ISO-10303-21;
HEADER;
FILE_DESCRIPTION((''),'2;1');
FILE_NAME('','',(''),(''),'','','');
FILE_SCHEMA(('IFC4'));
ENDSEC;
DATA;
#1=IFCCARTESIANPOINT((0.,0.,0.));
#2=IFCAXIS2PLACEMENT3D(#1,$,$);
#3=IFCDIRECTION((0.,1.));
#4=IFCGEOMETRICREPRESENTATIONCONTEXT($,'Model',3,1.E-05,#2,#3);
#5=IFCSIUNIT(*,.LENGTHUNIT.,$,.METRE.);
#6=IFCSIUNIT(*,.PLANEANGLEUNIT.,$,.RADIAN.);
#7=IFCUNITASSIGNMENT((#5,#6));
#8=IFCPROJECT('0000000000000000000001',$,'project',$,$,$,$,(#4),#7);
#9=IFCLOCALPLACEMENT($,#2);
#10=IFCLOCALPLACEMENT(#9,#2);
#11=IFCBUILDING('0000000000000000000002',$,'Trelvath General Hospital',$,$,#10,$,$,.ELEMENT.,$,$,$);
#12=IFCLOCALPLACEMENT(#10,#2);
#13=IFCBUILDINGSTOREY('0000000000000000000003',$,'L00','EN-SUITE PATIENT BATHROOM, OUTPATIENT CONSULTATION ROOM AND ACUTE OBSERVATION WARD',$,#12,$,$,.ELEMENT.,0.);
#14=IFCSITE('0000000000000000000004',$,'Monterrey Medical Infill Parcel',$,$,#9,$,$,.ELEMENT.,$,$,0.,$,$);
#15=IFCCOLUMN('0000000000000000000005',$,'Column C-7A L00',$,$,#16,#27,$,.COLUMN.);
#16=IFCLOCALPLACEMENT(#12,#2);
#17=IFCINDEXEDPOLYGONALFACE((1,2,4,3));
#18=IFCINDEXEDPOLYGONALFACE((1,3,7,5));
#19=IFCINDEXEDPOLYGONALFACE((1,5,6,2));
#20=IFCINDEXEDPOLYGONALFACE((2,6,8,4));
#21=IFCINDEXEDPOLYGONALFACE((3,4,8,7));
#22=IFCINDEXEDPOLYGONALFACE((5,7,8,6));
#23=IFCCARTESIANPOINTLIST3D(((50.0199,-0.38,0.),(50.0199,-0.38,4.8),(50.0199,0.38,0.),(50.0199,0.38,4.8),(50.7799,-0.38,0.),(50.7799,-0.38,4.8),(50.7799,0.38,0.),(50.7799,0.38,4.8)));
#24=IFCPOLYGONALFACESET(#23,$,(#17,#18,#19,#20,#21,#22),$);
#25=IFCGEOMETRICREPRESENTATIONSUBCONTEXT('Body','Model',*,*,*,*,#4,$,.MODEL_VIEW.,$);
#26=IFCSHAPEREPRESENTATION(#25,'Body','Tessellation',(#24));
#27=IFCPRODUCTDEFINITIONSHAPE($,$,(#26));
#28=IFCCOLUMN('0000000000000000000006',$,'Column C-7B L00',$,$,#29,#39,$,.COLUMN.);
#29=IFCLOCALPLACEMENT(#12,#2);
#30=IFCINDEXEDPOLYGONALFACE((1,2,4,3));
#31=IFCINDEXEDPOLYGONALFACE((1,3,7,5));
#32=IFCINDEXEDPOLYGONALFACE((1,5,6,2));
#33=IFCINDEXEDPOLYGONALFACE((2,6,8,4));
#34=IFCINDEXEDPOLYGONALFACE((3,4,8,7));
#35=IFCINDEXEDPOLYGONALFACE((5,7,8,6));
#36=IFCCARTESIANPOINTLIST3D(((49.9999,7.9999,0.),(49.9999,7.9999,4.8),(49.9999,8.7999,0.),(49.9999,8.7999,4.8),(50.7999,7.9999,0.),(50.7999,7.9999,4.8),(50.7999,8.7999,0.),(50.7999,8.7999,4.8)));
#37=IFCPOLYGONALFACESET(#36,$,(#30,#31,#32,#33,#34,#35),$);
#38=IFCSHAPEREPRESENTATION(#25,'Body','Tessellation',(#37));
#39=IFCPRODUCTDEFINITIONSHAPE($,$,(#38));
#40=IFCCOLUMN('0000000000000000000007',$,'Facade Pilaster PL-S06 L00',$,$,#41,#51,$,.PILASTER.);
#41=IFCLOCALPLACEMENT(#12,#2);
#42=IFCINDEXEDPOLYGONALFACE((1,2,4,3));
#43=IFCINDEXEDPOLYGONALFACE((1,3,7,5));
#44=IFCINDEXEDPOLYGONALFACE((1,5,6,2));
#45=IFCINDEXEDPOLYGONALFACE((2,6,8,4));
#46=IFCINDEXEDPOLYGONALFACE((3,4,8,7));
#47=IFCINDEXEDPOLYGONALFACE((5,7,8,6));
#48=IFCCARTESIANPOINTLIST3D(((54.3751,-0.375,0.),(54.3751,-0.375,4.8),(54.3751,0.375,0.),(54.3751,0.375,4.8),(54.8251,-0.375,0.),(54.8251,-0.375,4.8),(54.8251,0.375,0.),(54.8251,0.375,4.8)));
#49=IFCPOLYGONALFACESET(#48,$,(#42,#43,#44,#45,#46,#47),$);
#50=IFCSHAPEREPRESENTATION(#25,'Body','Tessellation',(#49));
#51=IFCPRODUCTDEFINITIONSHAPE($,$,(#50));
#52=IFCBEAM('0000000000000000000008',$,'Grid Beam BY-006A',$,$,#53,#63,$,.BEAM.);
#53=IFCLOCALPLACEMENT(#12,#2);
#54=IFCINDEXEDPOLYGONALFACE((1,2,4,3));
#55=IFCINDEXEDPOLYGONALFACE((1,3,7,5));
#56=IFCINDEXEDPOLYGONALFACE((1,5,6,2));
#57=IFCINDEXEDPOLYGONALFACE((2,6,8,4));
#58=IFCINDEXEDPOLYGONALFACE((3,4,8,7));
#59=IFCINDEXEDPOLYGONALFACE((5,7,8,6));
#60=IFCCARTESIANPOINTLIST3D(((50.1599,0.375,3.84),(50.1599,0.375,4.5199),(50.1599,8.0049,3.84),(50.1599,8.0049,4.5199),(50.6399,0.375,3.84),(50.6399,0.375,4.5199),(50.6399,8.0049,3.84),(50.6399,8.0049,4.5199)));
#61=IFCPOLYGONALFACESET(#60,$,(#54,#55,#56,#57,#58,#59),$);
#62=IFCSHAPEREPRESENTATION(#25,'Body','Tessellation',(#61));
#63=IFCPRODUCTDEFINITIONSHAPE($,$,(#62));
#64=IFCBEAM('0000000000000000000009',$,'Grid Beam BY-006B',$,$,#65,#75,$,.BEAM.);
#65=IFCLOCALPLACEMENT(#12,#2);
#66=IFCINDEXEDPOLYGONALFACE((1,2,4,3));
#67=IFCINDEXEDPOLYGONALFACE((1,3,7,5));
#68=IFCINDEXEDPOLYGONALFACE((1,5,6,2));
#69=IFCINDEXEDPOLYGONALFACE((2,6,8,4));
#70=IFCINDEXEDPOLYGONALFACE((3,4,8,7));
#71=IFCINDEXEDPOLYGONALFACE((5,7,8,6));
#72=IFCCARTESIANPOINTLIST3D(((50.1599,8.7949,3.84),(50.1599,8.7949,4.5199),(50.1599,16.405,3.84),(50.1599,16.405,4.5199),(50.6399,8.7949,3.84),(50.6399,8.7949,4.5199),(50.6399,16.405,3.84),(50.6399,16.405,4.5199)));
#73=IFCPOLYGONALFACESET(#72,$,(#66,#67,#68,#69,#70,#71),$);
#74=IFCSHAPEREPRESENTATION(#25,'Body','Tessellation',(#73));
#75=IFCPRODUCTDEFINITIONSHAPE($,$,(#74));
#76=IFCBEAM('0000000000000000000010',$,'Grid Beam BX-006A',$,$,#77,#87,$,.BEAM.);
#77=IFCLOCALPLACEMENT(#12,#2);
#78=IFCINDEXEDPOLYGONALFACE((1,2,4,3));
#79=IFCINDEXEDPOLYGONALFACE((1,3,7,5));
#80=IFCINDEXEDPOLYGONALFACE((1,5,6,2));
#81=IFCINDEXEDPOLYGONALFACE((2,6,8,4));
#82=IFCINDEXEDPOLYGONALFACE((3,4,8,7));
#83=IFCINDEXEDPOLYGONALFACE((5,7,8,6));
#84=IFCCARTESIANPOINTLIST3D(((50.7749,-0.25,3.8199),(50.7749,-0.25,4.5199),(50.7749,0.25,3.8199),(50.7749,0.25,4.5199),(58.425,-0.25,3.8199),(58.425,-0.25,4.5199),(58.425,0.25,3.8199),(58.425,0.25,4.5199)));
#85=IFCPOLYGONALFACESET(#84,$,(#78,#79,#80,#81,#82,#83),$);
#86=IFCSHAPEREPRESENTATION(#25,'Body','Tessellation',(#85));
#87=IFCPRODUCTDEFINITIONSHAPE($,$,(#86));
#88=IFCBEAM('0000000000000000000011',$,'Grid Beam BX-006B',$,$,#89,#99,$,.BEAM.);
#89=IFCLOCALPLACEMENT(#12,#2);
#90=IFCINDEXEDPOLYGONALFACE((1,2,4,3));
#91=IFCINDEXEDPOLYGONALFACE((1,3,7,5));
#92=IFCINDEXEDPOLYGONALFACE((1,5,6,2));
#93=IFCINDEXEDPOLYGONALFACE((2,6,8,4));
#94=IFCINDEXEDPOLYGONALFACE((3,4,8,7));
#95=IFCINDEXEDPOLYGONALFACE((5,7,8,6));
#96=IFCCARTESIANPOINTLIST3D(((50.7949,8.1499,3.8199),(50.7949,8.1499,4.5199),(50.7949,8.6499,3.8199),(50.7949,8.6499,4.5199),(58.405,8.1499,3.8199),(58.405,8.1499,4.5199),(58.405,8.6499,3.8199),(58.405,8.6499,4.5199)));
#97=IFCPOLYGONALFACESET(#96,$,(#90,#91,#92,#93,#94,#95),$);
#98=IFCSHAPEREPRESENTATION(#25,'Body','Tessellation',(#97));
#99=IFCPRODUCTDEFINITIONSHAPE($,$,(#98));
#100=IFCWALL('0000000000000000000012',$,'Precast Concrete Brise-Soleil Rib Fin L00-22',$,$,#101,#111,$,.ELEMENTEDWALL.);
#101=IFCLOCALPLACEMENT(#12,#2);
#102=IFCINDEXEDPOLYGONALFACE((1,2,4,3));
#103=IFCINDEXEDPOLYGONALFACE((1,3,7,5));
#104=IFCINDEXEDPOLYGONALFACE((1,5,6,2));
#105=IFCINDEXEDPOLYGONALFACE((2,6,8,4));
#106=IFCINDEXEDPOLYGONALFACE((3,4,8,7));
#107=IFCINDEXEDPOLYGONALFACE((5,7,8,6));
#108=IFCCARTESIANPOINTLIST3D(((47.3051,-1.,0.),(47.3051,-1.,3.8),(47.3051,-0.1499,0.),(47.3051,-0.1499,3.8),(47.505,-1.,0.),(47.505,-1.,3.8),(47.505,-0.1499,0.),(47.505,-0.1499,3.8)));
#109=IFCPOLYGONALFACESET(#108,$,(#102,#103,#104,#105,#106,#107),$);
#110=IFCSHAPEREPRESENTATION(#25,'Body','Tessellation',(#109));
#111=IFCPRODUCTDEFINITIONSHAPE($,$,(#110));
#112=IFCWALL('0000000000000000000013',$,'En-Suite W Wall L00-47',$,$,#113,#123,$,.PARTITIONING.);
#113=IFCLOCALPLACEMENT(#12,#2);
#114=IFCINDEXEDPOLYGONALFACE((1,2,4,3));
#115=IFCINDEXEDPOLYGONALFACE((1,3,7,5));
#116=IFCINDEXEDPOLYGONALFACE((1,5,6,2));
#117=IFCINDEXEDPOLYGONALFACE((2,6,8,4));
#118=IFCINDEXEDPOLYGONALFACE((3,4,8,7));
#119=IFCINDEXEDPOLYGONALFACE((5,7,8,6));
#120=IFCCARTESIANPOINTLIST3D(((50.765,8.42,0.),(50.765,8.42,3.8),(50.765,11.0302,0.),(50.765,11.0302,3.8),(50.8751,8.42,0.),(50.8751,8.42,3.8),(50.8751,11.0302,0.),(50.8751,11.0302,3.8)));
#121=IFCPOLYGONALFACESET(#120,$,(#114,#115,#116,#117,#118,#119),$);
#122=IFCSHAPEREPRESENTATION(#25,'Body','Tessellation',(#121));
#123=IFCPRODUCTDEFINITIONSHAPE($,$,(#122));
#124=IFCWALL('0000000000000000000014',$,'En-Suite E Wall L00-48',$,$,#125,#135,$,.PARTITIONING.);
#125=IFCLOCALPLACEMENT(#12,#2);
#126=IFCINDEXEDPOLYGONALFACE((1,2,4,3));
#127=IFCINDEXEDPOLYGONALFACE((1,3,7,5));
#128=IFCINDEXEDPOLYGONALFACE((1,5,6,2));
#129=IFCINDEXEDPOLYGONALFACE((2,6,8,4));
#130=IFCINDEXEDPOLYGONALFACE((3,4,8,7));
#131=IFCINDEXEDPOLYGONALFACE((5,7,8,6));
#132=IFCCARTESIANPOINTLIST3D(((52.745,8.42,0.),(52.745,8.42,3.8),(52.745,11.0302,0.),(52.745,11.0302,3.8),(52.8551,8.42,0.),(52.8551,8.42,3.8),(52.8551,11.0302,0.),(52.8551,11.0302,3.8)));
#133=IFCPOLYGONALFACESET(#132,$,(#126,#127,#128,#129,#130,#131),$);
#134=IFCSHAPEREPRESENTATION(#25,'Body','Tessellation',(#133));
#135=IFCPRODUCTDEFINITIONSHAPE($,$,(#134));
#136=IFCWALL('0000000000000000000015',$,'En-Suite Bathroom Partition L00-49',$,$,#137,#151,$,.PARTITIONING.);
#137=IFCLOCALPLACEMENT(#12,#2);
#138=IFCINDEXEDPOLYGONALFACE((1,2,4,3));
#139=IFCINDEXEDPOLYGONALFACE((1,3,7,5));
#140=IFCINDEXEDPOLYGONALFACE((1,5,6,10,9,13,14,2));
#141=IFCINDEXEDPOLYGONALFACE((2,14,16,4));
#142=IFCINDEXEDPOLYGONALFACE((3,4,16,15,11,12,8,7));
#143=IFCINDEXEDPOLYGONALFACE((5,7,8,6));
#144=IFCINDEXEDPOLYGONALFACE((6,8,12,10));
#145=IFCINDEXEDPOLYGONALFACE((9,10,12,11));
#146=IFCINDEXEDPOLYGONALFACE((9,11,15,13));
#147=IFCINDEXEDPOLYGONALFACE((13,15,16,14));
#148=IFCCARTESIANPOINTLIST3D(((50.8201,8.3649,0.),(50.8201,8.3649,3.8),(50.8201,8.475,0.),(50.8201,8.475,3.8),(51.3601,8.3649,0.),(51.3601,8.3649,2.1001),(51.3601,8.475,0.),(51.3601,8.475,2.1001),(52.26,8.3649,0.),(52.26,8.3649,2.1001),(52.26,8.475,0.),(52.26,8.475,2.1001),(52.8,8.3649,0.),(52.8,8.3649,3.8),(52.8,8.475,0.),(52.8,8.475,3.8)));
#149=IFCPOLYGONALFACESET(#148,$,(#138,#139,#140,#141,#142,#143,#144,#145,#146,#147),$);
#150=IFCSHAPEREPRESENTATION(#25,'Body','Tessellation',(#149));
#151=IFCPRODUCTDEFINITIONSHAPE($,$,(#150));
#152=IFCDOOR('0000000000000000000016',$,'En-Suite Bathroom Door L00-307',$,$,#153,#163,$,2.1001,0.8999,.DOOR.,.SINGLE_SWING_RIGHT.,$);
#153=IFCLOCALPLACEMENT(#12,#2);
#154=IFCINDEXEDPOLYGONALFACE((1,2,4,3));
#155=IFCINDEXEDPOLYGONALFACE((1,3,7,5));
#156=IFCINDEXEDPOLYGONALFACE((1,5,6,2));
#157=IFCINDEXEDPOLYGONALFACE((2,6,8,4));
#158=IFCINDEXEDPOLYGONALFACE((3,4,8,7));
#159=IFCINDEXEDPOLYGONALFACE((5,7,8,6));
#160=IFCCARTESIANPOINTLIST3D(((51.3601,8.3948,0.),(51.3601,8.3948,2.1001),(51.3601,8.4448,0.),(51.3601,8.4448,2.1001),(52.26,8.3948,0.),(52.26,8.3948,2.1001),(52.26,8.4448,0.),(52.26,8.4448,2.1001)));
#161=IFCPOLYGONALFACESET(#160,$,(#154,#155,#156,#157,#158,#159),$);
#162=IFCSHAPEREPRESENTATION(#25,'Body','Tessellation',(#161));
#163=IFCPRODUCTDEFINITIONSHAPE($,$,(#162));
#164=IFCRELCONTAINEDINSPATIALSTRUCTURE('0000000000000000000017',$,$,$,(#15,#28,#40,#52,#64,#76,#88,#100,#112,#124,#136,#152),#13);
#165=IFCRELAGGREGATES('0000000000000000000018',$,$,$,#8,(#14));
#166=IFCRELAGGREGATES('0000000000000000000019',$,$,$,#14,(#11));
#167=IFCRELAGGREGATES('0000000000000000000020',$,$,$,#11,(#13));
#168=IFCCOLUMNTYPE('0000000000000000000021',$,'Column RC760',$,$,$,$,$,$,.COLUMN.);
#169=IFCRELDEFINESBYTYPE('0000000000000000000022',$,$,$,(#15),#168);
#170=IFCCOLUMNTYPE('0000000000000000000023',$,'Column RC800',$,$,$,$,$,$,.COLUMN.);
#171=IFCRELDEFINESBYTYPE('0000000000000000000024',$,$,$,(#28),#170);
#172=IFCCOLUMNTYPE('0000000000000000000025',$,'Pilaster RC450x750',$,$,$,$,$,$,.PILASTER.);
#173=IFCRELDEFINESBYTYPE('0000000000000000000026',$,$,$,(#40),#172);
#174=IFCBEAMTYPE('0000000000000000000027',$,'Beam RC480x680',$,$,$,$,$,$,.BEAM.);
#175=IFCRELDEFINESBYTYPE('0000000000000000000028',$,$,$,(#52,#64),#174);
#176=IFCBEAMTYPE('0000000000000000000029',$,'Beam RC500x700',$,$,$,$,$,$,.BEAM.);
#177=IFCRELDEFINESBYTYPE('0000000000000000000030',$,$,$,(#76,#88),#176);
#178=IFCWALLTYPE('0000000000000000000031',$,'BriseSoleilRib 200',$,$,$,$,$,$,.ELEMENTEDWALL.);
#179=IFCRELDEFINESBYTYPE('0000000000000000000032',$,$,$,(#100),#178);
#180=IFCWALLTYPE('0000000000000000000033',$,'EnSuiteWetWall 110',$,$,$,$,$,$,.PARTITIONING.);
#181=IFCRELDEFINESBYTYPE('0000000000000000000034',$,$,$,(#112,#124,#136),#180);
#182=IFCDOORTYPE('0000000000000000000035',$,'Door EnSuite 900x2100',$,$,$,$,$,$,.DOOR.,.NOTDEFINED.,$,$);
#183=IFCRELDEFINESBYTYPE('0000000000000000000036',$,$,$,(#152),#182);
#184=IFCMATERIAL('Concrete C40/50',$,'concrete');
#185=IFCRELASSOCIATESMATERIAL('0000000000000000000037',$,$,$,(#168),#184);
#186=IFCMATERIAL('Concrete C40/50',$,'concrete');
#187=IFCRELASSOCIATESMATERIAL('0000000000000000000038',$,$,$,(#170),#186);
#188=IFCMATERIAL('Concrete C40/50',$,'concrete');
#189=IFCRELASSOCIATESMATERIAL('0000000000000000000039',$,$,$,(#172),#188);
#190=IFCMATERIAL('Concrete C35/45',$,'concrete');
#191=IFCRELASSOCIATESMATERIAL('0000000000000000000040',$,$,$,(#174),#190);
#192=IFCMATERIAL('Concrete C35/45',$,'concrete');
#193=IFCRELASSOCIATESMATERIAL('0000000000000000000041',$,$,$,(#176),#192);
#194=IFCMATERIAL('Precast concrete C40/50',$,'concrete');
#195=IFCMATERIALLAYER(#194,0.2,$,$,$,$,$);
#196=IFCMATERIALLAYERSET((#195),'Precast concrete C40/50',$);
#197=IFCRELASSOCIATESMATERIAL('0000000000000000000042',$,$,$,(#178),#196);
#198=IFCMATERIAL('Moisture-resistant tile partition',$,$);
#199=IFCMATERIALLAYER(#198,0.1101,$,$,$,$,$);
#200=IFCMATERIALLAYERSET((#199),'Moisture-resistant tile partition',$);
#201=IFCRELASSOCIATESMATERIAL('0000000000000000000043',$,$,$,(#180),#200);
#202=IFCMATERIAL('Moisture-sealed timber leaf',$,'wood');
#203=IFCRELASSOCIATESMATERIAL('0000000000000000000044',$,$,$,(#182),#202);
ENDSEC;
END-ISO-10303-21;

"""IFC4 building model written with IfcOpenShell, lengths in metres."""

from ifc_helpers import new_model, si_unit, direction, frame, frame_2d, origin, origin_2d, place, context, subcontext, project, spatial, rectangle, extrude, material, layer, layer_set, material_profile, profile_set, type_object, element, fill, save


model = new_model("IFC4")

# Units and contexts
model_context = context("Model", 3, precision=1e-05, world=origin(), true_north=direction((0.0, 1.0)))
body_context = subcontext(model_context, "Body", "Model", "MODEL_VIEW")
ifc_project = project(units=[si_unit("LENGTHUNIT", "METRE"), si_unit("PLANEANGLEUNIT", "RADIAN")], contexts=[model_context])

# Site, building, storey
site_placement = place(None, origin())
site = spatial("IfcSite", under=ifc_project, at=site_placement, Name="Monterrey Medical Infill Parcel", CompositionType="ELEMENT", RefElevation=0.0)
building_placement = place(site_placement, origin())
building = spatial("IfcBuilding", under=site, at=building_placement, Name="Trelvath General Hospital", CompositionType="ELEMENT")
storey_placement = place(building_placement, origin())
storey = spatial("IfcBuildingStorey", under=building, at=storey_placement, Name="L00", Description="EN-SUITE PATIENT BATHROOM, OUTPATIENT CONSULTATION ROOM AND ACUTE OBSERVATION WARD", CompositionType="ELEMENT", Elevation=0.0)

# Columns
ifc_material_1 = material(Name="Concrete C40/50", Category="concrete")
ifc_material_profile_1 = material_profile(ifc_material_1, rectangle(XDim=0.76, YDim=0.76, at=origin_2d()), Name="RC760x760")
ifc_profile_set_1 = profile_set([ifc_material_profile_1], Name="Concrete C40/50")
column_type_1 = type_object("IfcColumnType", Name="Column RC760", PredefinedType="COLUMN", material=ifc_profile_set_1)
column_1_placement = place(storey_placement, frame((50.3999, 0.0, 0.0), z_axis=(0.0, 0.0, 1.0), x_axis=(1.0, 0.0, 0.0)))
element("IfcColumn", 1, at=column_1_placement, inside=storey, type_object=column_type_1, Name="Column C-7A L00", PredefinedType="COLUMN", context=body_context, shape_type="SweptSolid", body=[
    extrude(rectangle(XDim=0.76, YDim=0.76, at=origin_2d()), origin(), (0.0, 0.0, 1.0), 4.8),
])
ifc_material_2 = material(Name="Concrete C40/50", Category="concrete")
ifc_material_profile_2 = material_profile(ifc_material_2, rectangle(XDim=0.8, YDim=0.8, at=origin_2d()), Name="RC800x800")
ifc_profile_set_2 = profile_set([ifc_material_profile_2], Name="Concrete C40/50")
column_type_2 = type_object("IfcColumnType", Name="Column RC800", PredefinedType="COLUMN", material=ifc_profile_set_2)
column_2_placement = place(storey_placement, frame((50.3999, 8.3999, 0.0), z_axis=(0.0, 0.0, 1.0), x_axis=(1.0, 0.0, 0.0)))
element("IfcColumn", 2, at=column_2_placement, inside=storey, type_object=column_type_2, Name="Column C-7B L00", PredefinedType="COLUMN", context=body_context, shape_type="SweptSolid", body=[
    extrude(rectangle(XDim=0.8, YDim=0.8, at=origin_2d()), origin(), (0.0, 0.0, 1.0), 4.8),
])
ifc_material_3 = material(Name="Concrete C40/50", Category="concrete")
ifc_material_profile_3 = material_profile(ifc_material_3, rectangle(XDim=0.45, YDim=0.75, at=origin_2d()), Name="RC450x750")
ifc_profile_set_3 = profile_set([ifc_material_profile_3], Name="Concrete C40/50")
column_type_3 = type_object("IfcColumnType", Name="Pilaster RC450x750", PredefinedType="PILASTER", material=ifc_profile_set_3)
column_3_placement = place(storey_placement, frame((54.6001, 0.0, 0.0), z_axis=(0.0, 0.0, 1.0), x_axis=(1.0, 0.0, 0.0)))
element("IfcColumn", 3, at=column_3_placement, inside=storey, type_object=column_type_3, Name="Facade Pilaster PL-S06 L00", PredefinedType="PILASTER", context=body_context, shape_type="SweptSolid", body=[
    extrude(rectangle(XDim=0.45, YDim=0.75, at=origin_2d()), origin(), (0.0, 0.0, 1.0), 4.8),
])

# Beams
ifc_material_4 = material(Name="Concrete C35/45", Category="concrete")
ifc_material_profile_4 = material_profile(ifc_material_4, rectangle(XDim=0.48, YDim=0.6799, at=origin_2d()), Name="RCB480x680")
ifc_profile_set_4 = profile_set([ifc_material_profile_4], Name="Concrete C35/45")
beam_type_1 = type_object("IfcBeamType", Name="Beam RC480x680", PredefinedType="BEAM", material=ifc_profile_set_4)
beam_1_placement = place(storey_placement, frame((50.3999, 0.375, 4.1799), z_axis=(0.0, 1.0, 0.0), x_axis=(-1.0, 0.0, 0.0)))
element("IfcBeam", 4, at=beam_1_placement, inside=storey, type_object=beam_type_1, Name="Grid Beam BY-006A", PredefinedType="BEAM", context=body_context, shape_type="SweptSolid", body=[
    extrude(rectangle(XDim=0.48, YDim=0.6799, at=origin_2d()), origin(), (0.0, 0.0, 1.0), 7.6299),
])
beam_2_placement = place(storey_placement, frame((50.3999, 8.7949, 4.1799), z_axis=(0.0, 1.0, 0.0), x_axis=(-1.0, 0.0, 0.0)))
element("IfcBeam", 5, at=beam_2_placement, inside=storey, type_object=beam_type_1, Name="Grid Beam BY-006B", PredefinedType="BEAM", context=body_context, shape_type="SweptSolid", body=[
    extrude(rectangle(XDim=0.48, YDim=0.6799, at=origin_2d()), origin(), (0.0, 0.0, 1.0), 7.6101),
])
ifc_material_5 = material(Name="Concrete C35/45", Category="concrete")
ifc_material_profile_5 = material_profile(ifc_material_5, rectangle(XDim=0.5, YDim=0.7, at=origin_2d()), Name="RCB500x700")
ifc_profile_set_5 = profile_set([ifc_material_profile_5], Name="Concrete C35/45")
beam_type_2 = type_object("IfcBeamType", Name="Beam RC500x700", PredefinedType="BEAM", material=ifc_profile_set_5)
beam_3_placement = place(storey_placement, frame((50.7749, 0.0, 4.1699), z_axis=(1.0, 0.0, 0.0), x_axis=(0.0, 1.0, 0.0)))
element("IfcBeam", 6, at=beam_3_placement, inside=storey, type_object=beam_type_2, Name="Grid Beam BX-006A", PredefinedType="BEAM", context=body_context, shape_type="SweptSolid", body=[
    extrude(rectangle(XDim=0.5, YDim=0.7, at=origin_2d()), origin(), (0.0, 0.0, 1.0), 7.6501),
])
beam_4_placement = place(storey_placement, frame((50.7949, 8.3999, 4.1699), z_axis=(1.0, 0.0, 0.0), x_axis=(0.0, 1.0, 0.0)))
element("IfcBeam", 7, at=beam_4_placement, inside=storey, type_object=beam_type_2, Name="Grid Beam BX-006B", PredefinedType="BEAM", context=body_context, shape_type="SweptSolid", body=[
    extrude(rectangle(XDim=0.5, YDim=0.7, at=origin_2d()), origin(), (0.0, 0.0, 1.0), 7.6101),
])

# Walls
ifc_material_6 = material(Name="Precast concrete C40/50", Category="concrete")
ifc_layer_1 = layer(ifc_material_6, 0.2)
ifc_layer_set_1 = layer_set([ifc_layer_1], Name="Precast concrete C40/50")
wall_type_1 = type_object("IfcWallType", Name="BriseSoleilRib 200", PredefinedType="ELEMENTEDWALL", material=ifc_layer_set_1)
wall_1_placement = place(storey_placement, frame((47.405, -0.1499, 0.0), z_axis=(0.0, 0.0, 1.0), x_axis=(0.0, -1.0, 0.0)))
element("IfcWall", 8, at=wall_1_placement, inside=storey, type_object=wall_type_1, Name="Precast Concrete Brise-Soleil Rib Fin L00-22", PredefinedType="ELEMENTEDWALL", context=body_context, shape_type="SweptSolid", body=[
    extrude(rectangle(XDim=0.8501, YDim=0.2, at=frame_2d((0.425, 0.0))), origin(), (0.0, 0.0, 1.0), 3.8),
])
ifc_material_7 = material(Name="Moisture-resistant tile partition")
ifc_layer_2 = layer(ifc_material_7, 0.1101)
ifc_layer_set_2 = layer_set([ifc_layer_2], Name="Moisture-resistant tile partition")
wall_type_2 = type_object("IfcWallType", Name="EnSuiteWetWall 110", PredefinedType="PARTITIONING", material=ifc_layer_set_2)
for number, where, z_axis, x_axis, name in (
    (9, (50.8201, 8.4199, 0.0), (0.0, 0.0, 1.0), (0.0, 1.0, 0.0), "En-Suite W Wall L00-47"),
    (10, (52.8, 8.4199, 0.0), (0.0, 0.0, 1.0), (0.0, 1.0, 0.0), "En-Suite E Wall L00-48"),
):
    element("IfcWall", number, at=place(storey_placement, frame(where, z_axis=z_axis, x_axis=x_axis)), inside=storey, type_object=wall_type_2, Name=name, PredefinedType="PARTITIONING", context=body_context, shape_type="SweptSolid", body=[
        extrude(rectangle(XDim=2.6101, YDim=0.1101, at=frame_2d((1.3052, 0.0))), origin(), (0.0, 0.0, 1.0), 3.8),
    ])

# Wall, opening, door
wall_2_placement = place(storey_placement, frame((50.8201, 8.4199, 0.0), z_axis=(0.0, 0.0, 1.0), x_axis=(1.0, 0.0, 0.0)))
wall_2 = element("IfcWall", 11, at=wall_2_placement, inside=storey, type_object=wall_type_2, Name="En-Suite Bathroom Partition L00-49", PredefinedType="PARTITIONING", context=body_context, shape_type="SweptSolid", body=[
    extrude(rectangle(XDim=1.98, YDim=0.1101, at=frame_2d((0.99, 0.0))), origin(), (0.0, 0.0, 1.0), 3.8),
])
opening_1_placement = place(wall_2_placement, frame((0.54, 0.0, 0.0)))
opening_1 = element("IfcOpeningElement", 12, at=opening_1_placement, cuts=wall_2, PredefinedType="OPENING", context=body_context, shape_type="SweptSolid", body=[
    extrude(rectangle(XDim=0.8999, YDim=2.1001, at=frame_2d((0.45, 1.05))), frame((0.0, 0.0649, 0.0), z_axis=(0.0, -1.0, 0.0), x_axis=(1.0, 0.0, 0.0)), (0.0, 0.0, 1.0), 0.1301),
])
ifc_material_8 = material(Name="Moisture-sealed timber leaf", Category="wood")
door_type_1 = type_object("IfcDoorType", Name="Door EnSuite 900x2100", OperationType="NOTDEFINED", PredefinedType="DOOR", material=ifc_material_8)
door_1_placement = place(opening_1_placement, origin())
door_1 = element("IfcDoor", 13, at=door_1_placement, inside=storey, type_object=door_type_1, Name="En-Suite Bathroom Door L00-307", OperationType="SINGLE_SWING_RIGHT", OverallHeight=2.1001, OverallWidth=0.8999, PredefinedType="DOOR", context=body_context, shape_type="SweptSolid", body=[
    extrude(rectangle(XDim=0.8999, YDim=2.1001, at=frame_2d((0.45, 1.05))), frame((0.0, 0.0249, 0.0), z_axis=(0.0, -1.0, 0.0), x_axis=(1.0, 0.0, 0.0)), (0.0, 0.0, 1.0), 0.05),
])
fill(opening_1, door_1)

save(model, "model.ifc")
